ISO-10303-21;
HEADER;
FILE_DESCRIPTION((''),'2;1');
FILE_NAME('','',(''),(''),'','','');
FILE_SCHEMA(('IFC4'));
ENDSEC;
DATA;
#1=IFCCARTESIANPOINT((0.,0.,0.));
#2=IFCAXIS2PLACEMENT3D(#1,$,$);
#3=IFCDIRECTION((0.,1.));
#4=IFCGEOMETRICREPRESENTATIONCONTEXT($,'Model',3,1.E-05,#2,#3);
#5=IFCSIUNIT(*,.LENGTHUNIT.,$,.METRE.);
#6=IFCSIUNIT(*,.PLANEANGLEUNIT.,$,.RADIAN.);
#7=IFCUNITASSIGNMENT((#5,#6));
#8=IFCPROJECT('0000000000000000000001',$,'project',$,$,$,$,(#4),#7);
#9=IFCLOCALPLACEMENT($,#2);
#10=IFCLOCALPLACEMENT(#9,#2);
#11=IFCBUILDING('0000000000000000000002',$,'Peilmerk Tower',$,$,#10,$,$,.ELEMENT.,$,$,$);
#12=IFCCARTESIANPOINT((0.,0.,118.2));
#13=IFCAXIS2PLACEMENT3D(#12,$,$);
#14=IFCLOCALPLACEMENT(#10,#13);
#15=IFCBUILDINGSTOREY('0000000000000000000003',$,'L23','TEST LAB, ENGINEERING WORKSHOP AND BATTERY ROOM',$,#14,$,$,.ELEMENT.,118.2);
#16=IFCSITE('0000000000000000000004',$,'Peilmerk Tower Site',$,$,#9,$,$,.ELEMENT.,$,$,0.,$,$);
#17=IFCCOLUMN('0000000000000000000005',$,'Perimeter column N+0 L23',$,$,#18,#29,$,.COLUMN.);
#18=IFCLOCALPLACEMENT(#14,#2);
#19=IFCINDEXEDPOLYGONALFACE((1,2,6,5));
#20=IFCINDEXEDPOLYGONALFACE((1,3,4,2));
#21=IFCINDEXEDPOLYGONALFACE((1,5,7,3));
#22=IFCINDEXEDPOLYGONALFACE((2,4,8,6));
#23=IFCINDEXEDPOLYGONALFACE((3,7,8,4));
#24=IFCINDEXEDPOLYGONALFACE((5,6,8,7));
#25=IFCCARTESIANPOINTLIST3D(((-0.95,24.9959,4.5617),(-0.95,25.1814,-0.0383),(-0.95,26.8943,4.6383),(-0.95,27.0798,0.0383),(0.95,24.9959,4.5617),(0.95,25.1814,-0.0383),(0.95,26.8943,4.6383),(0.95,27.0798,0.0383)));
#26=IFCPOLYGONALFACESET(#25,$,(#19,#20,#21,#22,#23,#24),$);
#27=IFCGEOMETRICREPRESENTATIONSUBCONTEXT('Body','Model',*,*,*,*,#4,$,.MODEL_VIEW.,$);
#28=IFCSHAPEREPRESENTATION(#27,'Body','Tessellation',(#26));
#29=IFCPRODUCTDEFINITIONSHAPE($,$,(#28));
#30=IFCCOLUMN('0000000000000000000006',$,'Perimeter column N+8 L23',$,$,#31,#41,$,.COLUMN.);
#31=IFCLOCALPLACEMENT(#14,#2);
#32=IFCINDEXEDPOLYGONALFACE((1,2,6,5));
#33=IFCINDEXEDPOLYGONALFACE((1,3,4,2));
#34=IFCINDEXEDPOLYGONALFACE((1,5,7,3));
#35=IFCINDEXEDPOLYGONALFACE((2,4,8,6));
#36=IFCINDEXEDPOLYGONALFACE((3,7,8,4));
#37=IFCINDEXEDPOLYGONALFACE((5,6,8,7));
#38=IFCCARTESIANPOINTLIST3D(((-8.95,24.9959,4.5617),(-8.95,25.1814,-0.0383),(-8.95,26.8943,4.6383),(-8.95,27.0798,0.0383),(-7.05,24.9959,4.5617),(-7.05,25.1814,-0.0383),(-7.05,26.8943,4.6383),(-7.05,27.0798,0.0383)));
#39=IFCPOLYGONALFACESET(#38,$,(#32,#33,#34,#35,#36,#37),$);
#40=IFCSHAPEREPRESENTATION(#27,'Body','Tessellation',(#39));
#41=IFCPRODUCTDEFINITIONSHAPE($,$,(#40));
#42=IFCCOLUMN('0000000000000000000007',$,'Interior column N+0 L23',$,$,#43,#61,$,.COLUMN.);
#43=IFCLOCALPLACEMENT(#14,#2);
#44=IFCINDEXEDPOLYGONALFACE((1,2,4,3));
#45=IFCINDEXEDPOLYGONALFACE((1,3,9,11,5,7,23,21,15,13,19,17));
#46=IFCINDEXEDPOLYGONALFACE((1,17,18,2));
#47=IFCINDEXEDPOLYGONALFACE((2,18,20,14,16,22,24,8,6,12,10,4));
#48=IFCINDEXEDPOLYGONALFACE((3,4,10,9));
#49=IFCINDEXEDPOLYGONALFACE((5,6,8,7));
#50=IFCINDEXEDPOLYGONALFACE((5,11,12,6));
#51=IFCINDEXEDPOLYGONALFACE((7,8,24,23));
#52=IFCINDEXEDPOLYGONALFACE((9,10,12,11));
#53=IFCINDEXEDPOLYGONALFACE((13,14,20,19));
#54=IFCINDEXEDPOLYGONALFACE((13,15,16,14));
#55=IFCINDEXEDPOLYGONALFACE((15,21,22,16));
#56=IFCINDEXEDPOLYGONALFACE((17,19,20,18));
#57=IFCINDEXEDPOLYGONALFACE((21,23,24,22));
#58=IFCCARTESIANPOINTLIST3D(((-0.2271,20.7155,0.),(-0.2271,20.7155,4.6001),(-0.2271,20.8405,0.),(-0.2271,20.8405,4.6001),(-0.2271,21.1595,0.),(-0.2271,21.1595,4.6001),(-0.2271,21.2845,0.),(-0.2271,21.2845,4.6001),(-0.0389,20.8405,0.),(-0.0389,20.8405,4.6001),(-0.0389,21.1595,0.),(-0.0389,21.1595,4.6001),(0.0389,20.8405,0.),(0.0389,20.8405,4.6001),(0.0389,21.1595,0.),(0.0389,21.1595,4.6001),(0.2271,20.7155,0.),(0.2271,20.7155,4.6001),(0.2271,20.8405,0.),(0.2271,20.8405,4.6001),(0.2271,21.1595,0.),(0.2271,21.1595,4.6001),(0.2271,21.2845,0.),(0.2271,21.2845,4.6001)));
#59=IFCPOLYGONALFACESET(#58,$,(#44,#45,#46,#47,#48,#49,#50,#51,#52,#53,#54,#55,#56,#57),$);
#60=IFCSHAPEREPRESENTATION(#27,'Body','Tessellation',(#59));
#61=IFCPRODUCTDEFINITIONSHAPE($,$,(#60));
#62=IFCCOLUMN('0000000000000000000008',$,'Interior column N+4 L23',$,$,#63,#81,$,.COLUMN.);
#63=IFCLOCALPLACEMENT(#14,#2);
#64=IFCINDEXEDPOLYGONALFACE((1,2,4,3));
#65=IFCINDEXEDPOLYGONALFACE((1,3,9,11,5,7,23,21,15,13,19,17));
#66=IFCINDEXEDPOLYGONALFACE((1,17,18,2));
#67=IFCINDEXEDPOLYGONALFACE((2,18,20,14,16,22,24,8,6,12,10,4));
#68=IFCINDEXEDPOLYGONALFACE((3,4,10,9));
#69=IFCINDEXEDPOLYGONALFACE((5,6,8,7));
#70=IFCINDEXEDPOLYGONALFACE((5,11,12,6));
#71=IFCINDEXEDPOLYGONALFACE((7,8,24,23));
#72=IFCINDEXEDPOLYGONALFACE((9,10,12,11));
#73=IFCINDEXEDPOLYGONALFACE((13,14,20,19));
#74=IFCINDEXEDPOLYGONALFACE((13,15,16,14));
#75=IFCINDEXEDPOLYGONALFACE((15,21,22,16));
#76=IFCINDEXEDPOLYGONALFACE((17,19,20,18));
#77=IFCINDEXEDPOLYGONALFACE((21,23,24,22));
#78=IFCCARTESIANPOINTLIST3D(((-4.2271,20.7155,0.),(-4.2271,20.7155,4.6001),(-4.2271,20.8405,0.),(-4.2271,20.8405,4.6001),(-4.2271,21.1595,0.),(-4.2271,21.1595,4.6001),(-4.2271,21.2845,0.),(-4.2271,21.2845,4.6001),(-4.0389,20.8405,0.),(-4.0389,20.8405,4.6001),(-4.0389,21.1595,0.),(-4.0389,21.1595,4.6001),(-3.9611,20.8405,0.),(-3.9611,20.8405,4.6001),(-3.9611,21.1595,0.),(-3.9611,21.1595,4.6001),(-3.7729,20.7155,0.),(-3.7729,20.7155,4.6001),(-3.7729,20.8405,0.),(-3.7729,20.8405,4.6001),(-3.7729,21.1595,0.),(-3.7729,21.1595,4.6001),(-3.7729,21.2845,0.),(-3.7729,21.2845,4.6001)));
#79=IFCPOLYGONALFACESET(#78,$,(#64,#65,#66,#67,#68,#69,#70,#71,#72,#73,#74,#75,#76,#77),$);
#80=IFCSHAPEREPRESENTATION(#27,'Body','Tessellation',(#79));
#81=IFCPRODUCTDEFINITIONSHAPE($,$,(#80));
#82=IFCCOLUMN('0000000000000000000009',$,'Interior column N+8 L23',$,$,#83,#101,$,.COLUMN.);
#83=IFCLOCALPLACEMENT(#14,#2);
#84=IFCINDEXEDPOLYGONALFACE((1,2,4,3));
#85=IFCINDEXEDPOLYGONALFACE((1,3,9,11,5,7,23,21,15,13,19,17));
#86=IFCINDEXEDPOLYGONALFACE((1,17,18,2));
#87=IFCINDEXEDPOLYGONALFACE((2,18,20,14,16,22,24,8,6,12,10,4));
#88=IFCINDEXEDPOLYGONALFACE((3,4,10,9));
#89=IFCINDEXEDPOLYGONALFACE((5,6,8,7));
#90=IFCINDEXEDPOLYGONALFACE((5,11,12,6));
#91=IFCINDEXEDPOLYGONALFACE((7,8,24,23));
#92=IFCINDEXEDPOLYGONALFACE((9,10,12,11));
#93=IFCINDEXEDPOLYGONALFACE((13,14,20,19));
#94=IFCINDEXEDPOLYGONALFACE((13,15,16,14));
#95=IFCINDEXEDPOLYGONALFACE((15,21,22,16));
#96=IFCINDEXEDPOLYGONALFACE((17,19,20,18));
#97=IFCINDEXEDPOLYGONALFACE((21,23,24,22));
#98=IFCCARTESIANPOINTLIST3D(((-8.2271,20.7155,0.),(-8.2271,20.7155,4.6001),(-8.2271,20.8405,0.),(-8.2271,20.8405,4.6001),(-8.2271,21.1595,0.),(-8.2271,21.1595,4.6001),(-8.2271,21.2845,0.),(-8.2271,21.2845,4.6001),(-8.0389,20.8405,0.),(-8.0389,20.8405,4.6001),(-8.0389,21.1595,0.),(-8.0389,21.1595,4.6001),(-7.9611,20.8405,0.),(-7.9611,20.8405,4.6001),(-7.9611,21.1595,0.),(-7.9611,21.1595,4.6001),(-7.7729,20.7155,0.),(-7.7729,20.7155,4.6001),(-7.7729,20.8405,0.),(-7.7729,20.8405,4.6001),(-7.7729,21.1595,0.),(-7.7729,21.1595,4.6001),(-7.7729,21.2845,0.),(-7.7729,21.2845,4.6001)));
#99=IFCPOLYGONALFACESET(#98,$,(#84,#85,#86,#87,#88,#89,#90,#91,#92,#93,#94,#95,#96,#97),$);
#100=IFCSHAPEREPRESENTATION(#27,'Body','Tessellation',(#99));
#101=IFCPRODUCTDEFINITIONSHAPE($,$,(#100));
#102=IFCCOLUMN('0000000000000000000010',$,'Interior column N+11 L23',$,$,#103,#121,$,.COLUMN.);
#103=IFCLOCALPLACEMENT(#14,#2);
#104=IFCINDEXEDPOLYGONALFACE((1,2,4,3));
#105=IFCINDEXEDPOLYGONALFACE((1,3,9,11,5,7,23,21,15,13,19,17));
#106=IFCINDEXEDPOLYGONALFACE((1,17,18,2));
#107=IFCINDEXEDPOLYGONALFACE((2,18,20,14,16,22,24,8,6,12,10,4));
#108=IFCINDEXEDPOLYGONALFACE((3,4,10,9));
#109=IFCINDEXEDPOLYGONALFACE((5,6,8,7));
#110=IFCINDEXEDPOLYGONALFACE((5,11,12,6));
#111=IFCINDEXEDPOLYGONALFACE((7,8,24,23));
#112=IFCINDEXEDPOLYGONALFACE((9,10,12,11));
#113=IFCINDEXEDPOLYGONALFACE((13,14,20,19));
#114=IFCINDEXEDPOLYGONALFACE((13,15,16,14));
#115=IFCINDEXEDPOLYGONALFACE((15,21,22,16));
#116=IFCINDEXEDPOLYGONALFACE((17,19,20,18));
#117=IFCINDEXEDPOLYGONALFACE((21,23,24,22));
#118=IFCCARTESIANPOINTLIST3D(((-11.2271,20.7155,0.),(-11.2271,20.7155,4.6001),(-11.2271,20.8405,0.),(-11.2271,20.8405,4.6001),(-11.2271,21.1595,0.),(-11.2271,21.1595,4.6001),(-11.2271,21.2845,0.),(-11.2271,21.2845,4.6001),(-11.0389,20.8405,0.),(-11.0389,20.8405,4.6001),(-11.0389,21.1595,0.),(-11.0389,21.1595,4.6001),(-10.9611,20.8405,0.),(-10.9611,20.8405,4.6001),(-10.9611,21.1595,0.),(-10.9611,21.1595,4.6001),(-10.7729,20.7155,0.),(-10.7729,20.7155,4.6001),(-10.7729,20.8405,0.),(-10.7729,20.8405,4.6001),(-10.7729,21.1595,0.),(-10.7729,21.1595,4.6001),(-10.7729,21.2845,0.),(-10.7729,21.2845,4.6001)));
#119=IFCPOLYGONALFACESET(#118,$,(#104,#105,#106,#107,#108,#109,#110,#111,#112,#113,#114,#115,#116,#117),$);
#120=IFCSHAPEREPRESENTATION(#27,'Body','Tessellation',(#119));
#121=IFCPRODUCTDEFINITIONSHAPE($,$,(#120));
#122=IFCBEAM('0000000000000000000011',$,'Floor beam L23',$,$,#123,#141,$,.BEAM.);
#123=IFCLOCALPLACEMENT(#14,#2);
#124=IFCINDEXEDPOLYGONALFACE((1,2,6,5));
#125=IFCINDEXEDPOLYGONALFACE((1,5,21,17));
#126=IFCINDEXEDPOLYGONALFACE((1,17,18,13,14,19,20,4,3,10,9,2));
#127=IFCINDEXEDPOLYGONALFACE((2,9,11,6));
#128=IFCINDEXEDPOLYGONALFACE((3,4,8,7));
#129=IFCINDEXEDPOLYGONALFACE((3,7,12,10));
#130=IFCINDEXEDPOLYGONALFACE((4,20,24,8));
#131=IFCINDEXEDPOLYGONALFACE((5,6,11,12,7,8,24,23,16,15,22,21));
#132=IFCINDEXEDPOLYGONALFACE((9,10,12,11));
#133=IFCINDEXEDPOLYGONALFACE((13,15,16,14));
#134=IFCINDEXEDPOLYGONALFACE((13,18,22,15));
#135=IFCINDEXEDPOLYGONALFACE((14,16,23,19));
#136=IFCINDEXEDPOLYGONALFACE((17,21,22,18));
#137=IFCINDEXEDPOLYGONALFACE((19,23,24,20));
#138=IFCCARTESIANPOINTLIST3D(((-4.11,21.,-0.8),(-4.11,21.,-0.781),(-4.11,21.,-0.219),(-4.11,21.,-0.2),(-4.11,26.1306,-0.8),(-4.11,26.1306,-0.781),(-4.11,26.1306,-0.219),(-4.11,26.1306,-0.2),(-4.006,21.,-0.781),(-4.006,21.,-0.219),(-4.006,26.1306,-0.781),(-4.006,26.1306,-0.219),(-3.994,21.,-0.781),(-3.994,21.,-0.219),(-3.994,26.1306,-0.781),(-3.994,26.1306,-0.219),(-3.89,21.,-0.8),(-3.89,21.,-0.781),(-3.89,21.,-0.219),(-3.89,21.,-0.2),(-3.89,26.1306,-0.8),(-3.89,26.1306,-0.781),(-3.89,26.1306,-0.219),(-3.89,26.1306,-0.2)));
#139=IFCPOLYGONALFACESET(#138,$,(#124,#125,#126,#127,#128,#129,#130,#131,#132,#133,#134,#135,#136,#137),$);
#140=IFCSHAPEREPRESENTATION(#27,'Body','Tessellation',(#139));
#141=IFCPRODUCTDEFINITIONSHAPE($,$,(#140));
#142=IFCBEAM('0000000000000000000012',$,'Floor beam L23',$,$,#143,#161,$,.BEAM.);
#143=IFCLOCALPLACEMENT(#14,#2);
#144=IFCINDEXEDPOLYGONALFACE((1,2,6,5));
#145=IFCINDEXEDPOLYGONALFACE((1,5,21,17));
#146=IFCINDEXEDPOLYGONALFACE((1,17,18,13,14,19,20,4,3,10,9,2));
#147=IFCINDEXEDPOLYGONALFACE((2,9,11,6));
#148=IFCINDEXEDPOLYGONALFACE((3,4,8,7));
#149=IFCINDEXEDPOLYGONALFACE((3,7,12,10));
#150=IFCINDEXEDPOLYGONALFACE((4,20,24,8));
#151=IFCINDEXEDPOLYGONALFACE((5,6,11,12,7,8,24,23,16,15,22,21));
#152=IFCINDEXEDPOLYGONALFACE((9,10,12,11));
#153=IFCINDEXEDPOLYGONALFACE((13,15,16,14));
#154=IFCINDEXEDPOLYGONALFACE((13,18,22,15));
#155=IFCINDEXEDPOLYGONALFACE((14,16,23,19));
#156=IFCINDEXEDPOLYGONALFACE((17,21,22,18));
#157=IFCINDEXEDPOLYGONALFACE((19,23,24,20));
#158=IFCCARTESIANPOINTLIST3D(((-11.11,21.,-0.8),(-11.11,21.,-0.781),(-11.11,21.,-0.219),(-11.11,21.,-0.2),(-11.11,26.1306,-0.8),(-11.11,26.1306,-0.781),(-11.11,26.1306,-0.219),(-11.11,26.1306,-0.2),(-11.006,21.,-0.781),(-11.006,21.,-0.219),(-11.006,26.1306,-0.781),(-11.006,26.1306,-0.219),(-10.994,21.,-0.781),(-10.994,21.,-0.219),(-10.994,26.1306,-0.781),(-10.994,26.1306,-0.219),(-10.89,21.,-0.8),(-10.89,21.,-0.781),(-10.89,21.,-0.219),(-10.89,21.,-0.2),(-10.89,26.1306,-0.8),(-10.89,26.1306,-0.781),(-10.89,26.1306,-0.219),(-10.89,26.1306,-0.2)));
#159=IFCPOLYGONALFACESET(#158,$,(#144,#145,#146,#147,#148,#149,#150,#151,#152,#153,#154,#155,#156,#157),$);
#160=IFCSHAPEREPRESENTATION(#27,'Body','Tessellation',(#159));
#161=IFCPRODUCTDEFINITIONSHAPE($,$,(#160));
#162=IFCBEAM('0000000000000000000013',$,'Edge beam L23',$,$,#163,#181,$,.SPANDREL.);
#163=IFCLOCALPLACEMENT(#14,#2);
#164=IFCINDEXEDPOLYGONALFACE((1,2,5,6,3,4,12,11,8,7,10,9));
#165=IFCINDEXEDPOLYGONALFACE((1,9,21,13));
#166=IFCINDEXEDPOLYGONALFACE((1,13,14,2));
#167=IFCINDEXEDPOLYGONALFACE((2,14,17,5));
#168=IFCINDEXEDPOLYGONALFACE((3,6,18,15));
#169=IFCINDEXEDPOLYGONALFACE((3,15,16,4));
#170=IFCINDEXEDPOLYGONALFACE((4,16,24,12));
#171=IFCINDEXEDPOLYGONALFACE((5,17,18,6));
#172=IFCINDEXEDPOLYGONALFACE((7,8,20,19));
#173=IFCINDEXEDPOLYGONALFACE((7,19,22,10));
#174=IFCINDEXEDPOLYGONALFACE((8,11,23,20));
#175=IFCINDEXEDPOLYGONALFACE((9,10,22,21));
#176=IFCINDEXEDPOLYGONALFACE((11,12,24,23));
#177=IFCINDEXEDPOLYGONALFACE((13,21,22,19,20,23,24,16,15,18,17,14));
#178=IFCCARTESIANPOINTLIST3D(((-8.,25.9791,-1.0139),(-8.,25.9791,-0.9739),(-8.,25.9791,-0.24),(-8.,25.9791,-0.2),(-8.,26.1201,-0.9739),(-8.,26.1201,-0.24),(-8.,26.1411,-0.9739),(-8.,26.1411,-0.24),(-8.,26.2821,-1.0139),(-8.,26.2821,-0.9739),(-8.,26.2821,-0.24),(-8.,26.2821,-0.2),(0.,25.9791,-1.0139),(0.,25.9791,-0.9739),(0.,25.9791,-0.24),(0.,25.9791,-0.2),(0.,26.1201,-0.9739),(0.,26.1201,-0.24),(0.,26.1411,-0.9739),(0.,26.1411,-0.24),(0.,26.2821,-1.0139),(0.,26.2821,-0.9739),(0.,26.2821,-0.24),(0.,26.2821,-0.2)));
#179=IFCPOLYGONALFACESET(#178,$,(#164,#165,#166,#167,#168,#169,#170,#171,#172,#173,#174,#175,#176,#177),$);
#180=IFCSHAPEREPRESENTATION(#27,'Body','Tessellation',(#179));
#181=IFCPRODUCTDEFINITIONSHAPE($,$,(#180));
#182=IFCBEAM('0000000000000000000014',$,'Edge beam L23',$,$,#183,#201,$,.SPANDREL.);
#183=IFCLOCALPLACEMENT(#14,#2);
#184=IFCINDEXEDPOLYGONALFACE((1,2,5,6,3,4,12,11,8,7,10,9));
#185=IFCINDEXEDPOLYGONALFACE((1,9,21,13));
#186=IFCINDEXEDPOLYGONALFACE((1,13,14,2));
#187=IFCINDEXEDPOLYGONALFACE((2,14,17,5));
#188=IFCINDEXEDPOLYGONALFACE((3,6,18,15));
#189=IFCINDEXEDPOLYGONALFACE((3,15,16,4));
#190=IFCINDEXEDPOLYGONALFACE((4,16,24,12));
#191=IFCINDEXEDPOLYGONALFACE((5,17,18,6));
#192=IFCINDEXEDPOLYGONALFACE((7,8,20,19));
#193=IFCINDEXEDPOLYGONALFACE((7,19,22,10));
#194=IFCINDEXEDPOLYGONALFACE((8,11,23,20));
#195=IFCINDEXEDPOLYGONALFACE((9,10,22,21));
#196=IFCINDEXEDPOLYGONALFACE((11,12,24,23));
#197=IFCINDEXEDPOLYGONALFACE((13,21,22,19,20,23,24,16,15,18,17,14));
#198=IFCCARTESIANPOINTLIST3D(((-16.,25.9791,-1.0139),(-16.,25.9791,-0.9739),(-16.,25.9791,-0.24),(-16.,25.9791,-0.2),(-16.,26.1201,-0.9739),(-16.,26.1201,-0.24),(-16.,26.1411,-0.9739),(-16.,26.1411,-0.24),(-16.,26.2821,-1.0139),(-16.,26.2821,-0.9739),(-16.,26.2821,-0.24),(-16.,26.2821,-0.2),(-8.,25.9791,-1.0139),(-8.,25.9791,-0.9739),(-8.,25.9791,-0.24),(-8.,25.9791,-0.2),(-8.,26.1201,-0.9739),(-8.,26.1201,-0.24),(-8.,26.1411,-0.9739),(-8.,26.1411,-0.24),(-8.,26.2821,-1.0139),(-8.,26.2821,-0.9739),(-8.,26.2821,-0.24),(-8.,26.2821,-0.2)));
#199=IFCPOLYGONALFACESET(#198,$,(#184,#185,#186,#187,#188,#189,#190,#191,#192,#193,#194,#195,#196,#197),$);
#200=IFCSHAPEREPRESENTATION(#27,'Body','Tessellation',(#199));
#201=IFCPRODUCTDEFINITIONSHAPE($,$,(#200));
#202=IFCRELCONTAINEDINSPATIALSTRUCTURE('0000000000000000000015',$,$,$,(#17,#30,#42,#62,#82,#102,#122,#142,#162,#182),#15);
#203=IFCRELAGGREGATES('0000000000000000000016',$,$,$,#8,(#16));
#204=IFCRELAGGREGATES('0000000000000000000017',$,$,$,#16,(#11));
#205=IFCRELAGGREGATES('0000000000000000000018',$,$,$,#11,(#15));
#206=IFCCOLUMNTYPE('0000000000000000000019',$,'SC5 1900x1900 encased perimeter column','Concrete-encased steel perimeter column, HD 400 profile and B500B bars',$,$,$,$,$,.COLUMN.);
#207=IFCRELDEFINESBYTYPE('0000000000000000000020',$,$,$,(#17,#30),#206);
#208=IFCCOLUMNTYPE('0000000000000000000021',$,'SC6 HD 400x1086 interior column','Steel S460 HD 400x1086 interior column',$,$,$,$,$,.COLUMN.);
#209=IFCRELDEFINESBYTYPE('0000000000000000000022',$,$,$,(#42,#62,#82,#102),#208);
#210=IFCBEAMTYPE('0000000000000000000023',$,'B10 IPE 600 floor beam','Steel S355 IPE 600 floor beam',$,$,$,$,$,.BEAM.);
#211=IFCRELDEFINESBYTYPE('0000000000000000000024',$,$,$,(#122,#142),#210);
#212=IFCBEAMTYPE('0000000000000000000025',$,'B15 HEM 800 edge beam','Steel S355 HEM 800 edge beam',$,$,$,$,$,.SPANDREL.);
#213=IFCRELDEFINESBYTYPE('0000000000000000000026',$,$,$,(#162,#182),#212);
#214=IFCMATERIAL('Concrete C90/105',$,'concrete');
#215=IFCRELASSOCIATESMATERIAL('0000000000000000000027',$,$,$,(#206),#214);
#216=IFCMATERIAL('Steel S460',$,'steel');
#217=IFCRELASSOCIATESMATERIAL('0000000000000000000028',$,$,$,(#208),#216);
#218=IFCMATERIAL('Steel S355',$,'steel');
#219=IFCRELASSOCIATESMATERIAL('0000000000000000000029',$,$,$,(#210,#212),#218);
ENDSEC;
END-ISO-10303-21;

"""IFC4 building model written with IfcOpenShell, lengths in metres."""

from ifc_helpers import new_model, si_unit, direction, frame, origin, origin_2d, place, context, subcontext, project, spatial, rectangle, i_section, extrude, material, material_profile, profile_set, type_object, element, save


model = new_model("IFC4")

# Units and contexts
model_context = context("Model", 3, precision=1e-05, world=origin(), true_north=direction((0.0, 1.0)))
body_context = subcontext(model_context, "Body", "Model", "MODEL_VIEW")
ifc_project = project(units=[si_unit("LENGTHUNIT", "METRE"), si_unit("PLANEANGLEUNIT", "RADIAN")], contexts=[model_context])

# Site, building, storey
site_placement = place(None, origin())
site = spatial("IfcSite", under=ifc_project, at=site_placement, Name="Peilmerk Tower Site", CompositionType="ELEMENT", RefElevation=0.0)
building_placement = place(site_placement, origin())
building = spatial("IfcBuilding", under=site, at=building_placement, Name="Peilmerk Tower", CompositionType="ELEMENT")
storey_placement = place(building_placement, frame((0.0, 0.0, 118.2)))
storey = spatial("IfcBuildingStorey", under=building, at=storey_placement, Name="L23", Description="TEST LAB, ENGINEERING WORKSHOP AND BATTERY ROOM", CompositionType="ELEMENT", Elevation=118.2)

# Columns
ifc_material_1 = material(Name="Concrete C90/105", Category="concrete")
ifc_material_profile_1 = material_profile(ifc_material_1, rectangle(XDim=1.8999, YDim=1.8999, at=origin_2d()), Name="RC 1900x1900")
ifc_profile_set_1 = profile_set([ifc_material_profile_1], Name="Concrete C90/105")
column_type_1 = type_object("IfcColumnType", Name="SC5 1900x1900 encased perimeter column", Description="Concrete-encased steel perimeter column, HD 400 profile and B500B bars", PredefinedType="COLUMN", material=ifc_profile_set_1)
for number, where, z_axis, x_axis, name in (
    (1, (0.0, 26.1306, 0.0), (0.0, -0.040303, 0.999188), (1.0, 0.0, 0.0), "Perimeter column N+0 L23"),
    (2, (-8.0, 26.1306, 0.0), (0.0, -0.040303, 0.999188), (1.0, 0.0, 0.0), "Perimeter column N+8 L23"),
):
    element("IfcColumn", number, at=place(storey_placement, frame(where, z_axis=z_axis, x_axis=x_axis)), inside=storey, type_object=column_type_1, Name=name, PredefinedType="COLUMN", context=body_context, shape_type="SweptSolid", body=[
        extrude(rectangle(XDim=1.8999, YDim=1.8999, at=origin_2d()), origin(), (0.0, 0.0, 1.0), 4.6038),
    ])
ifc_material_2 = material(Name="Steel S460", Category="steel")
ifc_material_profile_2 = material_profile(ifc_material_2, i_section(OverallWidth=0.4541, OverallDepth=0.5691, WebThickness=0.0779, FlangeThickness=0.125, at=origin_2d()), Name="HD 400x1086")
ifc_profile_set_2 = profile_set([ifc_material_profile_2], Name="Steel S460")
column_type_2 = type_object("IfcColumnType", Name="SC6 HD 400x1086 interior column", Description="Steel S460 HD 400x1086 interior column", PredefinedType="COLUMN", material=ifc_profile_set_2)
for number, where, z_axis, x_axis, name in (
    (3, (0.0, 21.0, 0.0), (0.0, 0.0, 1.0), (1.0, 0.0, 0.0), "Interior column N+0 L23"),
    (4, (-4.0, 21.0, 0.0), (0.0, 0.0, 1.0), (1.0, 0.0, 0.0), "Interior column N+4 L23"),
    (5, (-8.0, 21.0, 0.0), (0.0, 0.0, 1.0), (1.0, 0.0, 0.0), "Interior column N+8 L23"),
    (6, (-11.0, 21.0, 0.0), (0.0, 0.0, 1.0), (1.0, 0.0, 0.0), "Interior column N+11 L23"),
):
    element("IfcColumn", number, at=place(storey_placement, frame(where, z_axis=z_axis, x_axis=x_axis)), inside=storey, type_object=column_type_2, Name=name, PredefinedType="COLUMN", context=body_context, shape_type="SweptSolid", body=[
        extrude(i_section(OverallWidth=0.4541, OverallDepth=0.5691, WebThickness=0.0779, FlangeThickness=0.125, at=origin_2d()), origin(), (0.0, 0.0, 1.0), 4.6001),
    ])

# Beams
ifc_material_3 = material(Name="Steel S355", Category="steel")
ifc_material_profile_3 = material_profile(ifc_material_3, i_section(OverallWidth=0.22, OverallDepth=0.6001, WebThickness=0.012, FlangeThickness=0.019, at=origin_2d()), Name="IPE 600")
ifc_profile_set_3 = profile_set([ifc_material_profile_3], Name="Steel S355")
beam_type_1 = type_object("IfcBeamType", Name="B10 IPE 600 floor beam", Description="Steel S355 IPE 600 floor beam", PredefinedType="BEAM", material=ifc_profile_set_3)
for number, where, z_axis, x_axis, name in (
    (7, (-4.0, 21.0, -0.5), (0.0, 1.0, 0.0), (-1.0, 0.0, 0.0), "Floor beam L23"),
    (8, (-11.0, 21.0, -0.5), (0.0, 1.0, 0.0), (-1.0, 0.0, 0.0), "Floor beam L23"),
):
    element("IfcBeam", number, at=place(storey_placement, frame(where, z_axis=z_axis, x_axis=x_axis)), inside=storey, type_object=beam_type_1, Name=name, PredefinedType="BEAM", context=body_context, shape_type="SweptSolid", body=[
        extrude(i_section(OverallWidth=0.22, OverallDepth=0.6001, WebThickness=0.012, FlangeThickness=0.019, at=origin_2d()), origin(), (0.0, 0.0, 1.0), 5.1306),
    ])
ifc_material_profile_4 = material_profile(ifc_material_3, i_section(OverallWidth=0.303, OverallDepth=0.814, WebThickness=0.021, FlangeThickness=0.04, at=origin_2d()), Name="HEM 800")
ifc_profile_set_4 = profile_set([ifc_material_profile_4], Name="Steel S355")
beam_type_2 = type_object("IfcBeamType", Name="B15 HEM 800 edge beam", Description="Steel S355 HEM 800 edge beam", PredefinedType="SPANDREL", material=ifc_profile_set_4)
for number, where, z_axis, x_axis, name in (
    (9, (0.0, 26.1306, -0.6069), (-1.0, 0.0, 0.0), (0.0, -1.0, 0.0), "Edge beam L23"),
    (10, (-8.0, 26.1306, -0.6069), (-1.0, 0.0, 0.0), (0.0, -1.0, 0.0), "Edge beam L23"),
):
    element("IfcBeam", number, at=place(storey_placement, frame(where, z_axis=z_axis, x_axis=x_axis)), inside=storey, type_object=beam_type_2, Name=name, PredefinedType="SPANDREL", context=body_context, shape_type="SweptSolid", body=[
        extrude(i_section(OverallWidth=0.303, OverallDepth=0.814, WebThickness=0.021, FlangeThickness=0.04, at=origin_2d()), origin(), (0.0, 0.0, 1.0), 8.0),
    ])

save(model, "model.ifc")
